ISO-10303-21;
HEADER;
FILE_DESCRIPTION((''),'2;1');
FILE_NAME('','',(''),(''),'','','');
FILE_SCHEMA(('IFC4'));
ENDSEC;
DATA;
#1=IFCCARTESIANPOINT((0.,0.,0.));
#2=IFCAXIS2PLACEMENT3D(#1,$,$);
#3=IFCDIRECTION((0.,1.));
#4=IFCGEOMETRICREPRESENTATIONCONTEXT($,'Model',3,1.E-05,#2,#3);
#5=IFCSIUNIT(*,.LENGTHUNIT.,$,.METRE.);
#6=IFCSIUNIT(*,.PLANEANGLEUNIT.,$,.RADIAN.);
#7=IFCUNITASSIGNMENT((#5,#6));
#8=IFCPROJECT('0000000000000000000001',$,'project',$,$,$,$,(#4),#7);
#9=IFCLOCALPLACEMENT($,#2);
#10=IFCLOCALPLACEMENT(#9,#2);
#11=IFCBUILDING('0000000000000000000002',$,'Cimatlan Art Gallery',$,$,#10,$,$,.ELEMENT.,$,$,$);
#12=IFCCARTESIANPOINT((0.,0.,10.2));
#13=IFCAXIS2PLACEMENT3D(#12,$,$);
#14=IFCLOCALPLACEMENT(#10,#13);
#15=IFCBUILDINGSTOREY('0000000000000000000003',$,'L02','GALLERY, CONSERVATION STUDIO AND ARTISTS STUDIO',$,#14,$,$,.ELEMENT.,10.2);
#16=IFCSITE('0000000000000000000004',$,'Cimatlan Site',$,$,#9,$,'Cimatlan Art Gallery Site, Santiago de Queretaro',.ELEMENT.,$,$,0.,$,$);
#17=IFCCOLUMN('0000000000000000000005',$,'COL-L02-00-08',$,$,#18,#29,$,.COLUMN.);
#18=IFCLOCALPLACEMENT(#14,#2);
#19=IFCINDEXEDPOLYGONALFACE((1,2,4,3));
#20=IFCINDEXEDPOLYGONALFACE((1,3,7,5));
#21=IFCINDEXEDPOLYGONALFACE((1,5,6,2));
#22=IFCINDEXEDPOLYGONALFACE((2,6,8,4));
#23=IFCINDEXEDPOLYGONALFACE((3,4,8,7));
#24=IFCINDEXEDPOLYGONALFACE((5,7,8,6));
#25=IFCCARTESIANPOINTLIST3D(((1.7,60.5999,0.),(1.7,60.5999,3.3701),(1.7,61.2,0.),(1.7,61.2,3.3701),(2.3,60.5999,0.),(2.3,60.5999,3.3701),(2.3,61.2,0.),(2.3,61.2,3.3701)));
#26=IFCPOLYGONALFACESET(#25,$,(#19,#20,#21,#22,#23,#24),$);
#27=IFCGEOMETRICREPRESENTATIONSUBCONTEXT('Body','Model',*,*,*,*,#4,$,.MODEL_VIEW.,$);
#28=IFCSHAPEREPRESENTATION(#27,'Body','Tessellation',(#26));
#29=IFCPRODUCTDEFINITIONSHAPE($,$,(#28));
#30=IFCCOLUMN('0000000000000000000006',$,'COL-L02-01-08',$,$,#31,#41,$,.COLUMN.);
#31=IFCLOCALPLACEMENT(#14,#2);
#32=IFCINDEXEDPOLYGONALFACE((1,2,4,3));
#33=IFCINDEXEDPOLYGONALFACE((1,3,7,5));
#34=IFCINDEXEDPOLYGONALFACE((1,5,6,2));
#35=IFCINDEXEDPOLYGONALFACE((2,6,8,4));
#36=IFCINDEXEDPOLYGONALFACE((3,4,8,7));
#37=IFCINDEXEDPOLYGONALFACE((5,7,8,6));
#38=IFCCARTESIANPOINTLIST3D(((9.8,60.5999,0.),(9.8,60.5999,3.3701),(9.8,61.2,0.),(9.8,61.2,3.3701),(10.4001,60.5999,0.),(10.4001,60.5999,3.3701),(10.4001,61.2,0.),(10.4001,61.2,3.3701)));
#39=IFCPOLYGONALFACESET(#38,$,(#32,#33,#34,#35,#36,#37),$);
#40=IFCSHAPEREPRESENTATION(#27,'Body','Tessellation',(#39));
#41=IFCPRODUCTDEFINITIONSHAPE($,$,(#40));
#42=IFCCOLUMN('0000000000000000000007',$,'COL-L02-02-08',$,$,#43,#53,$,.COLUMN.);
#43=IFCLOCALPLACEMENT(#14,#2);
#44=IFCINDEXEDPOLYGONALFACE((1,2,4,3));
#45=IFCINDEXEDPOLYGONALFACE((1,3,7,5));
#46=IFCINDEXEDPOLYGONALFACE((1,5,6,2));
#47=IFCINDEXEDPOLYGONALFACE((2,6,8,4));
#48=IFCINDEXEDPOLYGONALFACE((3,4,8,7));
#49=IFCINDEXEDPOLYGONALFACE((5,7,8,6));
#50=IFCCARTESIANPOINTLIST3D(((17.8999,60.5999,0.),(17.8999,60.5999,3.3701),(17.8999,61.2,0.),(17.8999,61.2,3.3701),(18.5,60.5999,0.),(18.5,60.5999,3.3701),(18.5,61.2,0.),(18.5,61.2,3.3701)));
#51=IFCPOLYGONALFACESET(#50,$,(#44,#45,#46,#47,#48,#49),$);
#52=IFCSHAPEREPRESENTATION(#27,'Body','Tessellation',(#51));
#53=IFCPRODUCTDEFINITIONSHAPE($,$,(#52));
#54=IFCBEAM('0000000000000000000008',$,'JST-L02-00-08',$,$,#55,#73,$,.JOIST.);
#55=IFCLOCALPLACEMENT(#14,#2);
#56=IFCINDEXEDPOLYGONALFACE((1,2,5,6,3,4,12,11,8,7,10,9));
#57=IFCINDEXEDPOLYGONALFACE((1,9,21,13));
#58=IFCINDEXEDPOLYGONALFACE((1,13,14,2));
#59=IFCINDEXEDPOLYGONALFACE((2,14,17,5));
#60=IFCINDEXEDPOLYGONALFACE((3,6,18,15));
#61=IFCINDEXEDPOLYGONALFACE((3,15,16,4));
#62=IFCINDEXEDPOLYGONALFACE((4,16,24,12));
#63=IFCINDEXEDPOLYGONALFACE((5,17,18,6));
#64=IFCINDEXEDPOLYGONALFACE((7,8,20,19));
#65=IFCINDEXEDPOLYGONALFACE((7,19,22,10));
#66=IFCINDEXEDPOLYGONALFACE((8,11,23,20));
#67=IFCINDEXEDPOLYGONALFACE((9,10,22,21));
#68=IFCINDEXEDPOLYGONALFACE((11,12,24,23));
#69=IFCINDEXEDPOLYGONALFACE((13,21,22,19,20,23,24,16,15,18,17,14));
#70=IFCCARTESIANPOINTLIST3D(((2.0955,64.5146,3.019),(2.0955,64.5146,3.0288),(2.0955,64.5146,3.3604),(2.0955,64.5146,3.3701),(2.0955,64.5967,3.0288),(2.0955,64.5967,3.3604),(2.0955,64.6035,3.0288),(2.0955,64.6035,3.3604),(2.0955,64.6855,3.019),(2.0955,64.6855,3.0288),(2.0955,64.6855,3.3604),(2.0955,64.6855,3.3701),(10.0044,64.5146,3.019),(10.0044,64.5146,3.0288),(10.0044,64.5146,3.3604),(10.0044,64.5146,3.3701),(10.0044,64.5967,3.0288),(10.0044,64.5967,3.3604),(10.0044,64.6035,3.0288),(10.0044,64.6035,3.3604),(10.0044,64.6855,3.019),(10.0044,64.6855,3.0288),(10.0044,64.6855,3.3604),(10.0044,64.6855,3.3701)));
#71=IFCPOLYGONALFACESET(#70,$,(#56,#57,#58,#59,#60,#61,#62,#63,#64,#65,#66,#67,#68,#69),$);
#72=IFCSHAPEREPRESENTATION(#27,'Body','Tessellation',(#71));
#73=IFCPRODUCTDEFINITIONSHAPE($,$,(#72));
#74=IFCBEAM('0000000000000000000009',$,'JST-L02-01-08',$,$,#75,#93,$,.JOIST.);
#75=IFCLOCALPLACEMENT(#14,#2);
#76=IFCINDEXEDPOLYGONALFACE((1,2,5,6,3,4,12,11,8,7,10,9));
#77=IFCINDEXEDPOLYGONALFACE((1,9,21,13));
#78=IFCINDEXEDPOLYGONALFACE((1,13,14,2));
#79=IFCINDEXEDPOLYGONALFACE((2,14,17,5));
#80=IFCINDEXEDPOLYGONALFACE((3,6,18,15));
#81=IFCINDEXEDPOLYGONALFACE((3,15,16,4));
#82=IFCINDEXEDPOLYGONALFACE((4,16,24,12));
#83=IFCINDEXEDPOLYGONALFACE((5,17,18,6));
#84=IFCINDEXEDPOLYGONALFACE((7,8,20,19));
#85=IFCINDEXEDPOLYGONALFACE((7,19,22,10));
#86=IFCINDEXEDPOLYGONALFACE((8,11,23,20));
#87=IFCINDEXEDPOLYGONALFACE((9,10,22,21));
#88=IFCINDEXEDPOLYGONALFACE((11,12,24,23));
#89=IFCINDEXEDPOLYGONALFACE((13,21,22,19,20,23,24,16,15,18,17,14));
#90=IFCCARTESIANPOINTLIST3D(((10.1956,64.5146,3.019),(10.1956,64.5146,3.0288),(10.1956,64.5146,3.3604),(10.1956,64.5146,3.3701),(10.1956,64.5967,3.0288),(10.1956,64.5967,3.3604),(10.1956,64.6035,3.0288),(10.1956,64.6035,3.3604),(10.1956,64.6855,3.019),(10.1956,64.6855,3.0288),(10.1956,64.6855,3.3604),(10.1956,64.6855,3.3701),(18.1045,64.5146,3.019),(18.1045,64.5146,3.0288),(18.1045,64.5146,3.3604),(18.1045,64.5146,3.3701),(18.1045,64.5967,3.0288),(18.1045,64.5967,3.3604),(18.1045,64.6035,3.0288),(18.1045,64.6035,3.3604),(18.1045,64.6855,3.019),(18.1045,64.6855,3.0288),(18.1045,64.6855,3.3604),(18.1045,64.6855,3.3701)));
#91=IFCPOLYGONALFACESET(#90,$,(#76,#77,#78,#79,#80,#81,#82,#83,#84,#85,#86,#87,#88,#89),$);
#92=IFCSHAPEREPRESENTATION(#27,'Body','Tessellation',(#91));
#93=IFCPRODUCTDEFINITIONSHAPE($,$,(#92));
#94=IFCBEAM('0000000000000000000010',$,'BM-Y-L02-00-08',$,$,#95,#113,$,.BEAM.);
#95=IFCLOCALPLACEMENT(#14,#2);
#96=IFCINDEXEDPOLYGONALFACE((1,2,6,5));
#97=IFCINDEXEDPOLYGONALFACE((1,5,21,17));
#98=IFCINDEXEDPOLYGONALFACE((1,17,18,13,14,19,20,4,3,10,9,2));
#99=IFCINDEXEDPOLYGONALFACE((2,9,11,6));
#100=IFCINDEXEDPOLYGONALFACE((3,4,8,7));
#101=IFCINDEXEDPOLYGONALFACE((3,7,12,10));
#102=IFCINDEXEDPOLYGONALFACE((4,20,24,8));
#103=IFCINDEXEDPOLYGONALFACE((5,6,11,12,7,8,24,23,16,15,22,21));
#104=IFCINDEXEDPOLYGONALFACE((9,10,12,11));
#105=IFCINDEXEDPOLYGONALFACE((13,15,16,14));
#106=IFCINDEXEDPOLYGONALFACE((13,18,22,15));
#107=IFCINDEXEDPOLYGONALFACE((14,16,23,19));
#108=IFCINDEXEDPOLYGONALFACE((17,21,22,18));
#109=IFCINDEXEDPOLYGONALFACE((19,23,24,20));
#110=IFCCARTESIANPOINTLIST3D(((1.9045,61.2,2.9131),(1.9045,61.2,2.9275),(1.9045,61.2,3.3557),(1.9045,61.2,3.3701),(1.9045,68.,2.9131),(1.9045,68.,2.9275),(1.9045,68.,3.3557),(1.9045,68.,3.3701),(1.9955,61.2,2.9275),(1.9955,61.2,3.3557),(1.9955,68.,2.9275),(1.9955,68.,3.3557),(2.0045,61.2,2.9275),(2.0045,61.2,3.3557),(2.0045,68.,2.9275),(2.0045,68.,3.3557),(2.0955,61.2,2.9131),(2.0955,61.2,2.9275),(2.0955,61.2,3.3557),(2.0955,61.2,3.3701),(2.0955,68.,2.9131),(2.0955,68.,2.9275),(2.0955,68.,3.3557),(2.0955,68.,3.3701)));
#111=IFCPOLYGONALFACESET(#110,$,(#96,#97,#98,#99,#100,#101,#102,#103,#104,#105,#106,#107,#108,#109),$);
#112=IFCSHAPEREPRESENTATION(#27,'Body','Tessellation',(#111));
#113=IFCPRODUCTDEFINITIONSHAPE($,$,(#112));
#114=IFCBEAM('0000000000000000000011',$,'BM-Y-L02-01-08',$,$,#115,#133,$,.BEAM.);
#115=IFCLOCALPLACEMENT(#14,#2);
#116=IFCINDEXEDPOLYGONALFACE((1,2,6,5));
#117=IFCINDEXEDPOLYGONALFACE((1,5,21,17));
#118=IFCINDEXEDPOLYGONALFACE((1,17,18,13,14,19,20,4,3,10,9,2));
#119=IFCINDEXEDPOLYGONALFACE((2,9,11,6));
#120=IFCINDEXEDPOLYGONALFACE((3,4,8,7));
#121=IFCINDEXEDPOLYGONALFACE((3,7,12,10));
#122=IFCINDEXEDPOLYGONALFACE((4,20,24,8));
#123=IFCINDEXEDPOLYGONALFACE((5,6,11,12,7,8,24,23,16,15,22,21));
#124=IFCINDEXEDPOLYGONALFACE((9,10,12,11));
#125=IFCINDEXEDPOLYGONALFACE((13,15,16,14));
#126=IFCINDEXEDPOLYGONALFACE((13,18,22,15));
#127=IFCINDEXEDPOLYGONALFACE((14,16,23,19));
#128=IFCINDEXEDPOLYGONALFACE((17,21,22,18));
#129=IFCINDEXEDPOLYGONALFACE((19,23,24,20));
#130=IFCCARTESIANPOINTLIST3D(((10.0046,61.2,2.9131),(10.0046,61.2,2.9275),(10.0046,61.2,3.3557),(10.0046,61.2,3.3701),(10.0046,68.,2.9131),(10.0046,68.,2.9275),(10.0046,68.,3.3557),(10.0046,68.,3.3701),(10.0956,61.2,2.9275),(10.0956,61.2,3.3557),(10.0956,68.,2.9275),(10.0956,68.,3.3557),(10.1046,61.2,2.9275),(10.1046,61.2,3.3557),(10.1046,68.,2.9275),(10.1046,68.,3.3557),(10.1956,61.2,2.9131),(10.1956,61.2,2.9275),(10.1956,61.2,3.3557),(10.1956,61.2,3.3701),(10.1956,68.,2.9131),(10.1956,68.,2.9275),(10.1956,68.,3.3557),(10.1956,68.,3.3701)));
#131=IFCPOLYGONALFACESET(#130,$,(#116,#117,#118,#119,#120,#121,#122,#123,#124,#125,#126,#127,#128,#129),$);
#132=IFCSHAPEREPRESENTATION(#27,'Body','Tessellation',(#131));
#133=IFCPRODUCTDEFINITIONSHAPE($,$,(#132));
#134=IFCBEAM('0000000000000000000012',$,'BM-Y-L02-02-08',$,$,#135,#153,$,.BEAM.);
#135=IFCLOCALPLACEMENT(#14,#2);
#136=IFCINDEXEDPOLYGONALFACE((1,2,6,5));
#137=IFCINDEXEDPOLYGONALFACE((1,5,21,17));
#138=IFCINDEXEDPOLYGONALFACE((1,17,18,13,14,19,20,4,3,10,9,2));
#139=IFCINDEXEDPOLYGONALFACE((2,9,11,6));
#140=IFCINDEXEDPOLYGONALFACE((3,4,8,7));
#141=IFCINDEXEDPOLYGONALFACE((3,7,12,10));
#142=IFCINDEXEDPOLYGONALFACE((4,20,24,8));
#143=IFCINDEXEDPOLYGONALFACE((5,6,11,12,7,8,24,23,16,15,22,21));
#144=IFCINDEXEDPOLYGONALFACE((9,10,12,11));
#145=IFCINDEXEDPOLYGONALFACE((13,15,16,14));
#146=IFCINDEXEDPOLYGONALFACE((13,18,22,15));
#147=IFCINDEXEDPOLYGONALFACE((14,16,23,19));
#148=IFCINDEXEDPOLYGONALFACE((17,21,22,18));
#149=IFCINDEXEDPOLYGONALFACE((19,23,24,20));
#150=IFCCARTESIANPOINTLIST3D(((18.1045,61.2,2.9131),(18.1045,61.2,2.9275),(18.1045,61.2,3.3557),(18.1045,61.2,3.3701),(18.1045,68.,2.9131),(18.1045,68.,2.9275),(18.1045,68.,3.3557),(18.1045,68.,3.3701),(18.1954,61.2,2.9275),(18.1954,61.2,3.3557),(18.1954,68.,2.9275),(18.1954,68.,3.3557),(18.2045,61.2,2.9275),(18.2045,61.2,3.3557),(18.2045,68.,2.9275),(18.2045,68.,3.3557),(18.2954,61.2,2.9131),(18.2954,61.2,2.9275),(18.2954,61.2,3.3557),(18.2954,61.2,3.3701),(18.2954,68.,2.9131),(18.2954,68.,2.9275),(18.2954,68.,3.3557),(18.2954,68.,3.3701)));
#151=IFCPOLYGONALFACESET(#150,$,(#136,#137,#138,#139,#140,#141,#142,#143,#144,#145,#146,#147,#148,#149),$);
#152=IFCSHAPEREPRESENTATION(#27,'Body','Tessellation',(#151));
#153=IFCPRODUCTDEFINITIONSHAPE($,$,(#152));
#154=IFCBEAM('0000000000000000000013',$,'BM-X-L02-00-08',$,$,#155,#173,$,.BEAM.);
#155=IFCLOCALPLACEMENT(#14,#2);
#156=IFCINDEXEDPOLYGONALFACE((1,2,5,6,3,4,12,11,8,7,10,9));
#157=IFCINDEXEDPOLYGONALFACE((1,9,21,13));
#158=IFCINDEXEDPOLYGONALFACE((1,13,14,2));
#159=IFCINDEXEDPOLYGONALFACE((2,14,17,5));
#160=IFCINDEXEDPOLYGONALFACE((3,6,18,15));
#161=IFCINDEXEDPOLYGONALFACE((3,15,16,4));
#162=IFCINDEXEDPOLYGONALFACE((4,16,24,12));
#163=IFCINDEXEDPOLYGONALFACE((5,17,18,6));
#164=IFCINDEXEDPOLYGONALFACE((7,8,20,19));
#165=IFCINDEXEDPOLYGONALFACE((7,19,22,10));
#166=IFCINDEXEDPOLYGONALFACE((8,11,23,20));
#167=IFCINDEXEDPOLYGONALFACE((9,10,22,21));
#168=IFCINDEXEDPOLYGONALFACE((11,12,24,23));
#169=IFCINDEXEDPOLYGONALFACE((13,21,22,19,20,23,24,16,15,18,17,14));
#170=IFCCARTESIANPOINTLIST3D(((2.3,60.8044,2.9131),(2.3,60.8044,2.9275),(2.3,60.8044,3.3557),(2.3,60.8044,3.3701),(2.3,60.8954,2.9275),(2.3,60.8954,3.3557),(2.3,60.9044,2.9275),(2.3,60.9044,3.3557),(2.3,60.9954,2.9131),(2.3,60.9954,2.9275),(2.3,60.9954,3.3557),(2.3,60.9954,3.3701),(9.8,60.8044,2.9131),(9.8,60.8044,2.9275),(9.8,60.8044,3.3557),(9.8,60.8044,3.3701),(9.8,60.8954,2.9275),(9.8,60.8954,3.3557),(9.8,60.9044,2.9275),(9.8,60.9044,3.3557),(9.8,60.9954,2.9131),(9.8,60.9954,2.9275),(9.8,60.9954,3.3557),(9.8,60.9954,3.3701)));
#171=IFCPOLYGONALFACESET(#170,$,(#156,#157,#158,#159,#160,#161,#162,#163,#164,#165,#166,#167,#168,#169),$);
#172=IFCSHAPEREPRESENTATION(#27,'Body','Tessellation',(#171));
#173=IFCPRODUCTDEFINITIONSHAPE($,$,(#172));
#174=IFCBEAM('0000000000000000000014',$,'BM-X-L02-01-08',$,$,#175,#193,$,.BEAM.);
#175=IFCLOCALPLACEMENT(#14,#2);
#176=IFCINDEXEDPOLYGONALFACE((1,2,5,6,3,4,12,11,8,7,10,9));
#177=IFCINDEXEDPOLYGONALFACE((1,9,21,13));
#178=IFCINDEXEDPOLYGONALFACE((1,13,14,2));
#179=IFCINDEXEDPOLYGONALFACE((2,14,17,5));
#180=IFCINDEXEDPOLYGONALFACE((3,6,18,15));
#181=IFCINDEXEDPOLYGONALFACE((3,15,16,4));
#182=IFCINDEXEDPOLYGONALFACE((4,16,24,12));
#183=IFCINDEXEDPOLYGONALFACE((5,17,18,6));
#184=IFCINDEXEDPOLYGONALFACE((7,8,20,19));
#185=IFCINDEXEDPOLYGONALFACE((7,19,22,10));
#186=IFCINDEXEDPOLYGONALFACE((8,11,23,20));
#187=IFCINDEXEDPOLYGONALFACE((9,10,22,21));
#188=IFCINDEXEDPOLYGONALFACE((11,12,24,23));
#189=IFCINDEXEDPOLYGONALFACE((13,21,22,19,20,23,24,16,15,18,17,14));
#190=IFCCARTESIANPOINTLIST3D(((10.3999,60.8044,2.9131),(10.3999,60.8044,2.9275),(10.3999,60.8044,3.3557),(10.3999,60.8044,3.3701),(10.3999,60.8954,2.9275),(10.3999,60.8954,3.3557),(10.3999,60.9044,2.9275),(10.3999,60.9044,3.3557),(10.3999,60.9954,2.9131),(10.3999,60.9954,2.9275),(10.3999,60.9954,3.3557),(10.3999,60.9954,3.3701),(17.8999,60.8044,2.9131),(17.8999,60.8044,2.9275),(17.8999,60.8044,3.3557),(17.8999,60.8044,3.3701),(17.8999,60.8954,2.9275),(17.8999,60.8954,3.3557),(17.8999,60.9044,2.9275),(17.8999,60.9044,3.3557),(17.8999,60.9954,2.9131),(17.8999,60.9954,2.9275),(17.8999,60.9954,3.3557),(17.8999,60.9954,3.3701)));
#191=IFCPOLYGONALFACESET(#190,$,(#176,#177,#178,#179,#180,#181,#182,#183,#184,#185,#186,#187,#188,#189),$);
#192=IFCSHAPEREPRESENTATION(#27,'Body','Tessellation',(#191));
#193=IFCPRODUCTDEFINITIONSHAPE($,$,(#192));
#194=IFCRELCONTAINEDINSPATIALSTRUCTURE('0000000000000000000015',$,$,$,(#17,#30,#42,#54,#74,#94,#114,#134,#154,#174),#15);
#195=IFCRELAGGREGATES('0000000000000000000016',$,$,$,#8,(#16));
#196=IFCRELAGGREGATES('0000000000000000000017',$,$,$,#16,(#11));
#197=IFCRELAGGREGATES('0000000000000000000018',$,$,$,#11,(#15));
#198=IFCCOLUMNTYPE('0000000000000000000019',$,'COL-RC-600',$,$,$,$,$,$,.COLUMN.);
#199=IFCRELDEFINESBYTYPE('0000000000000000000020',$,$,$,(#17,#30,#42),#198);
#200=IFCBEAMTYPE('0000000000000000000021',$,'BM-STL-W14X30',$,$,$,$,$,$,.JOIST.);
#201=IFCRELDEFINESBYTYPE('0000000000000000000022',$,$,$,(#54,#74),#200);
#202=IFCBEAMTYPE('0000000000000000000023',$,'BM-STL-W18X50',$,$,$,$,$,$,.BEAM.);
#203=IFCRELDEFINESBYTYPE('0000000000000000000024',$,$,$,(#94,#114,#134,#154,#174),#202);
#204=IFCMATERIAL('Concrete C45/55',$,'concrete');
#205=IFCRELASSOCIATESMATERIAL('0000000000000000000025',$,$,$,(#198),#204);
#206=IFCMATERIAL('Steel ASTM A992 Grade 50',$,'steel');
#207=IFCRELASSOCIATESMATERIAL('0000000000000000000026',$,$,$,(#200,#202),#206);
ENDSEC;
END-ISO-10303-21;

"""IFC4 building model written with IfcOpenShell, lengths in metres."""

from ifc_helpers import new_model, si_unit, direction, frame, origin, origin_2d, place, context, subcontext, project, spatial, rectangle, i_section, extrude, material, material_profile, profile_set, type_object, element, save


model = new_model("IFC4")

# Units and contexts
model_context = context("Model", 3, precision=1e-05, world=origin(), true_north=direction((0.0, 1.0)))
body_context = subcontext(model_context, "Body", "Model", "MODEL_VIEW")
ifc_project = project(units=[si_unit("LENGTHUNIT", "METRE"), si_unit("PLANEANGLEUNIT", "RADIAN")], contexts=[model_context])

# Site, building, storey
site_placement = place(None, origin())
site = spatial("IfcSite", under=ifc_project, at=site_placement, Name="Cimatlan Site", LongName="Cimatlan Art Gallery Site, Santiago de Queretaro", CompositionType="ELEMENT", RefElevation=0.0)
building_placement = place(site_placement, origin())
building = spatial("IfcBuilding", under=site, at=building_placement, Name="Cimatlan Art Gallery", CompositionType="ELEMENT")
storey_placement = place(building_placement, frame((0.0, 0.0, 10.2)))
storey = spatial("IfcBuildingStorey", under=building, at=storey_placement, Name="L02", Description="GALLERY, CONSERVATION STUDIO AND ARTISTS STUDIO", CompositionType="ELEMENT", Elevation=10.2)

# Columns
ifc_material_1 = material(Name="Concrete C45/55", Category="concrete")
ifc_material_profile_1 = material_profile(ifc_material_1, rectangle(XDim=0.6001, YDim=0.6001, at=origin_2d()), Name="RC600X600")
ifc_profile_set_1 = profile_set([ifc_material_profile_1], Name="Concrete C45/55")
column_type = type_object("IfcColumnType", Name="COL-RC-600", PredefinedType="COLUMN", material=ifc_profile_set_1)
for number, where, z_axis, x_axis, name in (
    (1, (2.0, 60.8999, 0.0), (0.0, 0.0, 1.0), (1.0, 0.0, 0.0), "COL-L02-00-08"),
    (2, (10.1001, 60.8999, 0.0), (0.0, 0.0, 1.0), (1.0, 0.0, 0.0), "COL-L02-01-08"),
    (3, (18.2, 60.8999, 0.0), (0.0, 0.0, 1.0), (1.0, 0.0, 0.0), "COL-L02-02-08"),
):
    element("IfcColumn", number, at=place(storey_placement, frame(where, z_axis=z_axis, x_axis=x_axis)), inside=storey, type_object=column_type, Name=name, PredefinedType="COLUMN", context=body_context, shape_type="SweptSolid", body=[
        extrude(rectangle(XDim=0.6001, YDim=0.6001, at=origin_2d()), origin(), (0.0, 0.0, 1.0), 3.3701),
    ])

# Beams
ifc_material_2 = material(Name="Steel ASTM A992 Grade 50", Category="steel")
ifc_material_profile_2 = material_profile(ifc_material_2, i_section(OverallWidth=0.1709, OverallDepth=0.3511, WebThickness=0.0068, FlangeThickness=0.0098, at=origin_2d()), Name="W14X30")
ifc_profile_set_2 = profile_set([ifc_material_profile_2], Name="Steel ASTM A992 Grade 50")
beam_type_1 = type_object("IfcBeamType", Name="BM-STL-W14X30", PredefinedType="JOIST", material=ifc_profile_set_2)
for number, where, z_axis, x_axis, name in (
    (4, (2.0955, 64.6001, 3.1946), (1.0, 0.0, 0.0), (0.0, 1.0, 0.0), "JST-L02-00-08"),
    (5, (10.1956, 64.6001, 3.1946), (1.0, 0.0, 0.0), (0.0, 1.0, 0.0), "JST-L02-01-08"),
):
    element("IfcBeam", number, at=place(storey_placement, frame(where, z_axis=z_axis, x_axis=x_axis)), inside=storey, type_object=beam_type_1, Name=name, PredefinedType="JOIST", context=body_context, shape_type="SweptSolid", body=[
        extrude(i_section(OverallWidth=0.1709, OverallDepth=0.3511, WebThickness=0.0068, FlangeThickness=0.0098, at=origin_2d()), origin(), (0.0, 0.0, 1.0), 7.9089),
    ])
ifc_material_profile_3 = material_profile(ifc_material_2, i_section(OverallWidth=0.1909, OverallDepth=0.457, WebThickness=0.009, FlangeThickness=0.0144, at=origin_2d()), Name="W18X50")
ifc_profile_set_3 = profile_set([ifc_material_profile_3], Name="Steel ASTM A992 Grade 50")
beam_type_2 = type_object("IfcBeamType", Name="BM-STL-W18X50", PredefinedType="BEAM", material=ifc_profile_set_3)
for number, where, z_axis, x_axis, name in (
    (6, (2.0, 61.2, 3.1416), (0.0, 1.0, 0.0), (-1.0, 0.0, 0.0), "BM-Y-L02-00-08"),
    (7, (10.1001, 61.2, 3.1416), (0.0, 1.0, 0.0), (-1.0, 0.0, 0.0), "BM-Y-L02-01-08"),
    (8, (18.2, 61.2, 3.1416), (0.0, 1.0, 0.0), (-1.0, 0.0, 0.0), "BM-Y-L02-02-08"),
):
    element("IfcBeam", number, at=place(storey_placement, frame(where, z_axis=z_axis, x_axis=x_axis)), inside=storey, type_object=beam_type_2, Name=name, PredefinedType="BEAM", context=body_context, shape_type="SweptSolid", body=[
        extrude(i_section(OverallWidth=0.1909, OverallDepth=0.457, WebThickness=0.009, FlangeThickness=0.0144, at=origin_2d()), origin(), (0.0, 0.0, 1.0), 6.8),
    ])
for number, where, z_axis, x_axis, name in (
    (9, (2.3, 60.8999, 3.1416), (1.0, 0.0, 0.0), (0.0, 1.0, 0.0), "BM-X-L02-00-08"),
    (10, (10.3999, 60.8999, 3.1416), (1.0, 0.0, 0.0), (0.0, 1.0, 0.0), "BM-X-L02-01-08"),
):
    element("IfcBeam", number, at=place(storey_placement, frame(where, z_axis=z_axis, x_axis=x_axis)), inside=storey, type_object=beam_type_2, Name=name, PredefinedType="BEAM", context=body_context, shape_type="SweptSolid", body=[
        extrude(i_section(OverallWidth=0.1909, OverallDepth=0.457, WebThickness=0.009, FlangeThickness=0.0144, at=origin_2d()), origin(), (0.0, 0.0, 1.0), 7.5),
    ])

save(model, "model.ifc")
